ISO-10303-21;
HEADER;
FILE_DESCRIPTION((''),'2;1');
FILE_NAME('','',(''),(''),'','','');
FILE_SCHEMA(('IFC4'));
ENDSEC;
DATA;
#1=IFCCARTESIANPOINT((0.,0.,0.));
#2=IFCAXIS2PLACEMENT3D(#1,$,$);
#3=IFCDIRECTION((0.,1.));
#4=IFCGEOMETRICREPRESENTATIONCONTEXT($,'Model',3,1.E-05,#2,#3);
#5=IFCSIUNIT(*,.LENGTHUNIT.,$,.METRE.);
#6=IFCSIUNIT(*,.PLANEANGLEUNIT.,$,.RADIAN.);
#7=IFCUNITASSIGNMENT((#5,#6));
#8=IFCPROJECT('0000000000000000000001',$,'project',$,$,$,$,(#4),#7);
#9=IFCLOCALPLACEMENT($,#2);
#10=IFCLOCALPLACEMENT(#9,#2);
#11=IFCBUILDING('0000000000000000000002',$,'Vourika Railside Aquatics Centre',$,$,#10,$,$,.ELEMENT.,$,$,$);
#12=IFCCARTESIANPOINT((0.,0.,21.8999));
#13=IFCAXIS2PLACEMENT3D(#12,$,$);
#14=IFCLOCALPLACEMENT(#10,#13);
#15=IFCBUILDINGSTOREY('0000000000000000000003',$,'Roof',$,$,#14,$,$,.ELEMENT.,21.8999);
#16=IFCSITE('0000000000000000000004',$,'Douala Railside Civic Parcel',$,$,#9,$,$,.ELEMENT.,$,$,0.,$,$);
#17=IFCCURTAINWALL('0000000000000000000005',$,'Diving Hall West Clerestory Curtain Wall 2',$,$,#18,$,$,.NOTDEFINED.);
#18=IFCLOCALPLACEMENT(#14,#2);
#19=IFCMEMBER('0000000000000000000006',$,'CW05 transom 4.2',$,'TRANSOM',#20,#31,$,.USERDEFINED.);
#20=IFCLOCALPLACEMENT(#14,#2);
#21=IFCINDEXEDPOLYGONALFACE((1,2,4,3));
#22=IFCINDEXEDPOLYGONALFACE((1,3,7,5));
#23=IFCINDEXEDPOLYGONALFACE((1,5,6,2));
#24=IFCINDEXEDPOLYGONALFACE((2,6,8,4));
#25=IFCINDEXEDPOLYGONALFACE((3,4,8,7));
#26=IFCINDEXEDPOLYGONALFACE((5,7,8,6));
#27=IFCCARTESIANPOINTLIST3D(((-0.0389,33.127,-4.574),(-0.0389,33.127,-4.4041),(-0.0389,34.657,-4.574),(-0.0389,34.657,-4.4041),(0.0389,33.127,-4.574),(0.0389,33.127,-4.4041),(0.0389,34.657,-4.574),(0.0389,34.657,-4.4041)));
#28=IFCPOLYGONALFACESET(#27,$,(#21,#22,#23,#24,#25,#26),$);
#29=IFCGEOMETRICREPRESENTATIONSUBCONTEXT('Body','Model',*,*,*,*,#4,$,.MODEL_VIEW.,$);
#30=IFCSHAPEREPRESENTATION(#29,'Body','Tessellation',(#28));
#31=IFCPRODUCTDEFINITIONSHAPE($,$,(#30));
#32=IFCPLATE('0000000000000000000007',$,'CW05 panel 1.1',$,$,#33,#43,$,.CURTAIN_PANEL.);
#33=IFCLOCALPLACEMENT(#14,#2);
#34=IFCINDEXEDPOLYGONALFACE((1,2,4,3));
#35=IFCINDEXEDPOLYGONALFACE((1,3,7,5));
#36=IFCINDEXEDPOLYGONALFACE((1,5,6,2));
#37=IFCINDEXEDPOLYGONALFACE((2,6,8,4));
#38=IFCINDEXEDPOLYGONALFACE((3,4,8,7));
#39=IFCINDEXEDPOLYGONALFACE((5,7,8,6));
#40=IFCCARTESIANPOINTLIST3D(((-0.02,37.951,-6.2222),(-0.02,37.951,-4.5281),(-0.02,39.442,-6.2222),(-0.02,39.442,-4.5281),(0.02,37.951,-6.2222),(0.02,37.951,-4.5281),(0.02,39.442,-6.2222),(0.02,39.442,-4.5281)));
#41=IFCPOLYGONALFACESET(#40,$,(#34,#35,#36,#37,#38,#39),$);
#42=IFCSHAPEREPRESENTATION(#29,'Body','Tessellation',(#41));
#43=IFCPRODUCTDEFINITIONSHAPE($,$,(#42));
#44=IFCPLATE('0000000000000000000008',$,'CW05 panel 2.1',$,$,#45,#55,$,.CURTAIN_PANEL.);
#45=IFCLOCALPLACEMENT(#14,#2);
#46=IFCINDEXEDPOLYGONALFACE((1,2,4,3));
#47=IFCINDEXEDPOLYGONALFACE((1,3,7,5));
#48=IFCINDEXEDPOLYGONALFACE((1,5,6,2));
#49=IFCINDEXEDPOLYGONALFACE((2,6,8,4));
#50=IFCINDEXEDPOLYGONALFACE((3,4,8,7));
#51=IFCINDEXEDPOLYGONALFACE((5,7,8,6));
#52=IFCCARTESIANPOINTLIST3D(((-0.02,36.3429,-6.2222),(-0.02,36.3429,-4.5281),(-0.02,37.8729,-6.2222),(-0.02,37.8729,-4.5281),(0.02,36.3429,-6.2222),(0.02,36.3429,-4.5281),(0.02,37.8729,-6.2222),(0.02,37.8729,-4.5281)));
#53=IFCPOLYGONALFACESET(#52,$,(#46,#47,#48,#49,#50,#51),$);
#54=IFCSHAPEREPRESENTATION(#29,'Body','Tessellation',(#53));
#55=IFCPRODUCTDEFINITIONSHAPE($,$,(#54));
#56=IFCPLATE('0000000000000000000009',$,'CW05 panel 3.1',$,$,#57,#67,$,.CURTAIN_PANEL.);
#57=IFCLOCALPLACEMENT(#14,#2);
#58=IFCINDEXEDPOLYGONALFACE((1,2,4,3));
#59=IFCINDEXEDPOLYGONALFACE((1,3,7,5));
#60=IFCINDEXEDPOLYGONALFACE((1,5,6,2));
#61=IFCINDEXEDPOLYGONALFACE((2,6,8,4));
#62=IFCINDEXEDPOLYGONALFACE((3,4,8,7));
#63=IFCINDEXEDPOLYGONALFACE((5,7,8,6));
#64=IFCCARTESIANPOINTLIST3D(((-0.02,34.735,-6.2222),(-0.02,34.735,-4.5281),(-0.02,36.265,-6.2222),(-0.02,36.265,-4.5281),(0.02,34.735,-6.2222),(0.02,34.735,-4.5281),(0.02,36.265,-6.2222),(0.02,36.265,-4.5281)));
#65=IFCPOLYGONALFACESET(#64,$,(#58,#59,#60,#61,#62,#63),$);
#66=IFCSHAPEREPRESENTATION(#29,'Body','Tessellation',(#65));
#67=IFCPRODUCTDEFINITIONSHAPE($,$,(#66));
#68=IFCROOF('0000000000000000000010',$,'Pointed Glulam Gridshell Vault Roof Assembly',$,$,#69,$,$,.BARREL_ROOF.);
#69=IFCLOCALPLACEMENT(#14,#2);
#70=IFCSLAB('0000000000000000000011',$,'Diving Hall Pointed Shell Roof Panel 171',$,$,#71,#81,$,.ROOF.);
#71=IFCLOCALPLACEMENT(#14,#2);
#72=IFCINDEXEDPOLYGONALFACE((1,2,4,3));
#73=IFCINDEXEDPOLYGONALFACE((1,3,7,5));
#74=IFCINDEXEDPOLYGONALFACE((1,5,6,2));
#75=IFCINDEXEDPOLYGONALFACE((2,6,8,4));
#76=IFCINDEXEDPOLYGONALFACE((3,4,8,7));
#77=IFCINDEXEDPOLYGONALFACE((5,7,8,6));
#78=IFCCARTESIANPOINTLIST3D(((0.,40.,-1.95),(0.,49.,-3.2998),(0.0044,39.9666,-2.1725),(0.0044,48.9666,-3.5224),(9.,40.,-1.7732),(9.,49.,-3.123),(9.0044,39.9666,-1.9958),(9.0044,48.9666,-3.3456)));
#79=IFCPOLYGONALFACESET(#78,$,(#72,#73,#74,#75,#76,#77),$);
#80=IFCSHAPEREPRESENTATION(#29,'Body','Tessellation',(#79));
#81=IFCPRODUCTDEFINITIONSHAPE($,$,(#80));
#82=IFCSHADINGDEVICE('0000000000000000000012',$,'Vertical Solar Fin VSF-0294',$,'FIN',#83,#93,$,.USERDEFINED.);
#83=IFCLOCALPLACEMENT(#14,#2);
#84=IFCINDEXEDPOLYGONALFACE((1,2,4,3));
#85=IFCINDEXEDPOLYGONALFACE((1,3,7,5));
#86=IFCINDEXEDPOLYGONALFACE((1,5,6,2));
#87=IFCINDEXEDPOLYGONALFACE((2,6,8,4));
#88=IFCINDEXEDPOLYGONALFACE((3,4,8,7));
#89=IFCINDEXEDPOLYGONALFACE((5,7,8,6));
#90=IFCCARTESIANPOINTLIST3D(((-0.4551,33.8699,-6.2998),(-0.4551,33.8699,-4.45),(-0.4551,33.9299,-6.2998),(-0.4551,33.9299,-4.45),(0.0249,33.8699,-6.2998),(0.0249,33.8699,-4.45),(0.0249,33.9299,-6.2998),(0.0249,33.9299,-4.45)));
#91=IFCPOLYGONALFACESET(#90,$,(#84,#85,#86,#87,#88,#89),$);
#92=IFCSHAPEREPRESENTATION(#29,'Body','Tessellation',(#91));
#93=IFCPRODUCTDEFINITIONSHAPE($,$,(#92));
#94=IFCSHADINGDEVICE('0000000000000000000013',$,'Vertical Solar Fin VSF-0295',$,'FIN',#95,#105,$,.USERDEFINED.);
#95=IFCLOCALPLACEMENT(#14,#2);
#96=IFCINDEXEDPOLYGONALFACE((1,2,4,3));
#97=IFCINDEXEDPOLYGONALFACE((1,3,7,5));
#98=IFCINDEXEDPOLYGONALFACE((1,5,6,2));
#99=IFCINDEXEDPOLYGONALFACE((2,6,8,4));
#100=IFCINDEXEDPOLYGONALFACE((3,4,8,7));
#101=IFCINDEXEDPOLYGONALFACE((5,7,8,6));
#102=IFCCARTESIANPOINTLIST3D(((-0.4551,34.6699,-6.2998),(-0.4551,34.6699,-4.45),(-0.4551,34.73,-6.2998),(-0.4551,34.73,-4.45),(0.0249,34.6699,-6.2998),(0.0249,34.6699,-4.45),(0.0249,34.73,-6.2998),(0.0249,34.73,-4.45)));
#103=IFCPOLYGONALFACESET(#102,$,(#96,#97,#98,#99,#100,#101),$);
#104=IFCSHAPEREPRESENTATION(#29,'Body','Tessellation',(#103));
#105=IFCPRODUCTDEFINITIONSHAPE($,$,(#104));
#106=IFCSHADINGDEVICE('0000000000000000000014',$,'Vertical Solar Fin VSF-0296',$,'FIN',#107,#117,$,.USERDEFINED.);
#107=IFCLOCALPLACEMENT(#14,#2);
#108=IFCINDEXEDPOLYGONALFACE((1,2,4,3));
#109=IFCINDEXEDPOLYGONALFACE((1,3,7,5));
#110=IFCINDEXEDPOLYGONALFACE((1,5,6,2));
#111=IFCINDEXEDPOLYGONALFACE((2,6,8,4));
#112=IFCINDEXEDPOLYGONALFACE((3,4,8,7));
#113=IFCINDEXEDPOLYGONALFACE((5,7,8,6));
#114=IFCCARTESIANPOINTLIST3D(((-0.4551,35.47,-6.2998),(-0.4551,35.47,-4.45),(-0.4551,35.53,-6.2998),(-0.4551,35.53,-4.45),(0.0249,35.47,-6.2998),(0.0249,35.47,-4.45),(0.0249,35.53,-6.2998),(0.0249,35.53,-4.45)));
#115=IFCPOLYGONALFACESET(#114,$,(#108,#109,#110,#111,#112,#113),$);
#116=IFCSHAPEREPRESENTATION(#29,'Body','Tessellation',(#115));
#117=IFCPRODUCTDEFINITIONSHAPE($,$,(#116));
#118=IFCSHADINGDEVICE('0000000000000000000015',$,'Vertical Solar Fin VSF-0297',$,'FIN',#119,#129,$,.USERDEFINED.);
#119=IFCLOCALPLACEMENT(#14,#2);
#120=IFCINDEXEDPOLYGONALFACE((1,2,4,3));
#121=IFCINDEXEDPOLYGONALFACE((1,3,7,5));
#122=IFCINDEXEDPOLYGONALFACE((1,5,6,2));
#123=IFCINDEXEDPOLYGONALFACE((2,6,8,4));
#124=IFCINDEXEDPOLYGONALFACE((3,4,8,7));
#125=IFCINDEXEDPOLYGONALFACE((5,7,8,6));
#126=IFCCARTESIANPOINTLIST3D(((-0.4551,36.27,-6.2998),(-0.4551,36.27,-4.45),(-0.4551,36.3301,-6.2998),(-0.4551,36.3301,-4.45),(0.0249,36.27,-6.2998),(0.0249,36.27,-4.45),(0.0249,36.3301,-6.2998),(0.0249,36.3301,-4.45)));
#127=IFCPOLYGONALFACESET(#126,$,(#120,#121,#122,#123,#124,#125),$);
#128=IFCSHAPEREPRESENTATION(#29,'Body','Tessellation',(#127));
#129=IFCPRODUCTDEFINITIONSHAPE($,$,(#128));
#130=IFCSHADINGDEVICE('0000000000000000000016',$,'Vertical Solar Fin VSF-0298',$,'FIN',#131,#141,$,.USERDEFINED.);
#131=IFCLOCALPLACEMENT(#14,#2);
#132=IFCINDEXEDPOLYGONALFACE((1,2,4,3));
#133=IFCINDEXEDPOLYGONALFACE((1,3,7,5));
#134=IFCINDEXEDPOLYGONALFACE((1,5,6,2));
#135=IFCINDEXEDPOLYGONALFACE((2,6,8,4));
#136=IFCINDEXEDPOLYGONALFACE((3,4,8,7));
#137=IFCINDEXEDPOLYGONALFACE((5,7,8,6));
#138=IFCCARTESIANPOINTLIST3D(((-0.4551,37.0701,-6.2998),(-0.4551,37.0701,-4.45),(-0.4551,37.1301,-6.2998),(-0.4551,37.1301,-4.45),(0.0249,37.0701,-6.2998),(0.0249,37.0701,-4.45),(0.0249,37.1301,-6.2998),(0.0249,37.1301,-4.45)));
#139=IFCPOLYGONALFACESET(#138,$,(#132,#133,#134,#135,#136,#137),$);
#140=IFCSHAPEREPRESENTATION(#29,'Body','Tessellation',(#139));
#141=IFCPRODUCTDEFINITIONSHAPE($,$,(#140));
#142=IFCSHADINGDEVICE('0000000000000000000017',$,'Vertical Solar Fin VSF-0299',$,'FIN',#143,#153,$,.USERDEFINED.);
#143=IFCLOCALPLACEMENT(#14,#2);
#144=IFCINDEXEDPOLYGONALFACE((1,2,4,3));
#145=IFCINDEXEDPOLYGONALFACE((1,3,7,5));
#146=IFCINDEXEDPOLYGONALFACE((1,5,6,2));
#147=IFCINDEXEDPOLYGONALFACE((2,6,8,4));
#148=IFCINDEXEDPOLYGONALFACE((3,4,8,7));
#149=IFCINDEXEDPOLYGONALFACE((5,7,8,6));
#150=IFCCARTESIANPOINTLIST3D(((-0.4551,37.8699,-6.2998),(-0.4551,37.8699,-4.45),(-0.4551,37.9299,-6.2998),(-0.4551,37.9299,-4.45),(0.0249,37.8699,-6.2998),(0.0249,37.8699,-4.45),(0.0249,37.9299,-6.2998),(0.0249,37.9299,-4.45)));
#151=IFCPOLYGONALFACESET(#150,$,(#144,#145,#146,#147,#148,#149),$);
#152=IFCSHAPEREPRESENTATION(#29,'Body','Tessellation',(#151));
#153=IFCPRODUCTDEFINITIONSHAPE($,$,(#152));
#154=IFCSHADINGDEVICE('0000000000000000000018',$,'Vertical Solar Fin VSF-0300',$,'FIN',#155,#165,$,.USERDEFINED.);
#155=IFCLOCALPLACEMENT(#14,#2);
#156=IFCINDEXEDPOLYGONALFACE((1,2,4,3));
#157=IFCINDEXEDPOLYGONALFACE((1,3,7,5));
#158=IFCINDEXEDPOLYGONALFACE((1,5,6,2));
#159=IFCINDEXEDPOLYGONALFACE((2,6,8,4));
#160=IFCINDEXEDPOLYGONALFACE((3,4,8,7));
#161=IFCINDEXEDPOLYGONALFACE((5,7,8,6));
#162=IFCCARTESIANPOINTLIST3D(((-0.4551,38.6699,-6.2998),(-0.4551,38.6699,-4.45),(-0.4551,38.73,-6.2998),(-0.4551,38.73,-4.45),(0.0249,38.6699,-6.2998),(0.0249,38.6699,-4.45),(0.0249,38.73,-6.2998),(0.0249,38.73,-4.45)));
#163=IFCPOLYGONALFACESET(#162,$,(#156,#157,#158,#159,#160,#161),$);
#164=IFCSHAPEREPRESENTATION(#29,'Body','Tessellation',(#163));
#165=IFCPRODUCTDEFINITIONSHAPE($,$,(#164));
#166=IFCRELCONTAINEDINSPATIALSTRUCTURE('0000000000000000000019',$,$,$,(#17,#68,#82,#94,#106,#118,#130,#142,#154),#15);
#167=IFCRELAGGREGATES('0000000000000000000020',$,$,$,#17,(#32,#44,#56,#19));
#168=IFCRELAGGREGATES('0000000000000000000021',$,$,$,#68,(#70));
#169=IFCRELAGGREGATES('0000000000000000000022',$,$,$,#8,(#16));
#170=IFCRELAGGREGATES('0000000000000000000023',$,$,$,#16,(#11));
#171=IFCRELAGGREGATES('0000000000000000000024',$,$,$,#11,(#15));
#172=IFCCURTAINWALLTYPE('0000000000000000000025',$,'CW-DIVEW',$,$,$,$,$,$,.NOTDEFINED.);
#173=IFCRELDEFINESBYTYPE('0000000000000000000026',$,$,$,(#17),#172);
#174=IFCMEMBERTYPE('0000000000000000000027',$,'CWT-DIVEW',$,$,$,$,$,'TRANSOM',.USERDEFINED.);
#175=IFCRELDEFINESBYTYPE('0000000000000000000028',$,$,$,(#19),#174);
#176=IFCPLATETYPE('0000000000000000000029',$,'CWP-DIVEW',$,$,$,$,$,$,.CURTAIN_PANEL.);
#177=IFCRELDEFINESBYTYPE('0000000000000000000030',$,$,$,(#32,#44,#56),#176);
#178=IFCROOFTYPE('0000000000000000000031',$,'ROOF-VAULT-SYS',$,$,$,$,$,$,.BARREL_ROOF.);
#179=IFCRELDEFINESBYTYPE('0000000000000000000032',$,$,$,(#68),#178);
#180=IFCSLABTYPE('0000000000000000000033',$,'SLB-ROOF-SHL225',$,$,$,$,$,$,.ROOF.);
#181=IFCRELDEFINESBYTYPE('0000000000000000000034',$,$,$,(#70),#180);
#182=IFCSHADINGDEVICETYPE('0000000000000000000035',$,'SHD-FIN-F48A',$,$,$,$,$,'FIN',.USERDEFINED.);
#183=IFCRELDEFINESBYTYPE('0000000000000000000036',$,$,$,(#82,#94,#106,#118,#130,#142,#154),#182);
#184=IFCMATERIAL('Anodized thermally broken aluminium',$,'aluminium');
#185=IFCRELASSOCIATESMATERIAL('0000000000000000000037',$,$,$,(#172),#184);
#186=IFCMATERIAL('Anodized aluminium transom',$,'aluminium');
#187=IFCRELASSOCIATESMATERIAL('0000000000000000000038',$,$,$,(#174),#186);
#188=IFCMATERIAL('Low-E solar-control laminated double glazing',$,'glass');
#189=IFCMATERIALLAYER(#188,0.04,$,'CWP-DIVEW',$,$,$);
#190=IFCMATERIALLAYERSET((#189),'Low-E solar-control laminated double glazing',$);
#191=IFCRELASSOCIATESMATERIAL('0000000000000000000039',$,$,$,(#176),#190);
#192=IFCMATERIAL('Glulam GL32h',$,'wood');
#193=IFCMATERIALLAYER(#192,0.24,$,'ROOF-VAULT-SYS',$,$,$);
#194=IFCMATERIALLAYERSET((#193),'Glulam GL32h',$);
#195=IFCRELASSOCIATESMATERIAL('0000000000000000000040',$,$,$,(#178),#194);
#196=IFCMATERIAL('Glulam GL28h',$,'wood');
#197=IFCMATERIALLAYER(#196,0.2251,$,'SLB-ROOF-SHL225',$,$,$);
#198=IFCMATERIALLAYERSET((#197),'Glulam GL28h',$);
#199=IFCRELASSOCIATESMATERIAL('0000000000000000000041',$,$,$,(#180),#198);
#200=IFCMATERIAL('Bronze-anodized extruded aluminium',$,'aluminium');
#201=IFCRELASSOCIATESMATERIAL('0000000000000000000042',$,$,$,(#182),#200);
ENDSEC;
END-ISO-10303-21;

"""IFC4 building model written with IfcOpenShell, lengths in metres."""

from ifc_helpers import new_model, si_unit, direction, frame, origin, origin_2d, place, context, subcontext, project, spatial, polyline, rectangle, outline, extrude, material, layer, layer_set, material_profile, profile_set, type_object, element, aggregate, save


model = new_model("IFC4")

# Units and contexts
model_context = context("Model", 3, precision=1e-05, world=origin(), true_north=direction((0.0, 1.0)))
body_context = subcontext(model_context, "Body", "Model", "MODEL_VIEW")
ifc_project = project(units=[si_unit("LENGTHUNIT", "METRE"), si_unit("PLANEANGLEUNIT", "RADIAN")], contexts=[model_context])

# Site, building, storey
site_placement = place(None, origin())
site = spatial("IfcSite", under=ifc_project, at=site_placement, Name="Douala Railside Civic Parcel", CompositionType="ELEMENT", RefElevation=0.0)
building_placement = place(site_placement, origin())
building = spatial("IfcBuilding", under=site, at=building_placement, Name="Vourika Railside Aquatics Centre", CompositionType="ELEMENT")
storey_placement = place(building_placement, frame((0.0, 0.0, 21.8999)))
storey = spatial("IfcBuildingStorey", under=building, at=storey_placement, Name="Roof", CompositionType="ELEMENT", Elevation=21.8999)

# Shared definitions
ifc_material_1 = material(Name="Glulam GL32h", Category="wood")

# Curtain wall, member, plates
ifc_material_2 = material(Name="Anodized thermally broken aluminium", Category="aluminium")
curtain_wall_type = type_object("IfcCurtainWallType", Name="CW-DIVEW", PredefinedType="NOTDEFINED", material=ifc_material_2)
curtain_wall_placement = place(storey_placement, origin())
curtain_wall = element("IfcCurtainWall", 1, at=curtain_wall_placement, inside=storey, type_object=curtain_wall_type, Name="Diving Hall West Clerestory Curtain Wall 2", PredefinedType="NOTDEFINED")
ifc_material_3 = material(Name="Anodized aluminium transom", Category="aluminium")
ifc_material_profile_1 = material_profile(ifc_material_3, rectangle(XDim=0.0779, YDim=0.1699, at=origin_2d()), Name="ALU-T 78x170")
ifc_profile_set_1 = profile_set([ifc_material_profile_1], Name="Anodized aluminium transom")
member_type_1 = type_object("IfcMemberType", Name="CWT-DIVEW", ElementType="TRANSOM", PredefinedType="USERDEFINED", material=ifc_profile_set_1)
member_1_placement = place(storey_placement, frame((0.0, 34.657, -4.489), z_axis=(0.0, -1.0, 0.0), x_axis=(1.0, 0.0, 0.0)))
member_1 = element("IfcMember", 2, at=member_1_placement, type_object=member_type_1, Name="CW05 transom 4.2", ObjectType="TRANSOM", PredefinedType="USERDEFINED", context=body_context, shape_type="SweptSolid", body=[
    extrude(rectangle(XDim=0.0779, YDim=0.1699, at=origin_2d()), origin(), (0.0, 0.0, 1.0), 1.53),
])
ifc_material_4 = material(Name="Low-E solar-control laminated double glazing", Category="glass")
ifc_layer_1 = layer(ifc_material_4, 0.04, Name="CWP-DIVEW")
ifc_layer_set_1 = layer_set([ifc_layer_1], Name="Low-E solar-control laminated double glazing")
plate_type = type_object("IfcPlateType", Name="CWP-DIVEW", PredefinedType="CURTAIN_PANEL", material=ifc_layer_set_1)
plate_1_placement = place(storey_placement, frame((0.0, 38.6965, -6.2222), z_axis=(0.0, 0.0, 1.0), x_axis=(0.0, -1.0, 0.0)))
plate_1 = element("IfcPlate", 3, at=plate_1_placement, type_object=plate_type, Name="CW05 panel 1.1", PredefinedType="CURTAIN_PANEL", context=body_context, shape_type="SweptSolid", body=[
    extrude(rectangle(XDim=1.491, YDim=0.04, at=origin_2d()), origin(), (0.0, 0.0, 1.0), 1.6941),
])
plate_2_placement = place(storey_placement, frame((0.0, 37.1079, -6.2222), z_axis=(0.0, 0.0, 1.0), x_axis=(0.0, -1.0, 0.0)))
plate_2 = element("IfcPlate", 4, at=plate_2_placement, type_object=plate_type, Name="CW05 panel 2.1", PredefinedType="CURTAIN_PANEL", context=body_context, shape_type="SweptSolid", body=[
    extrude(rectangle(XDim=1.53, YDim=0.04, at=origin_2d()), origin(), (0.0, 0.0, 1.0), 1.6941),
])
plate_3_placement = place(storey_placement, frame((0.0, 35.5, -6.2222), z_axis=(0.0, 0.0, 1.0), x_axis=(0.0, -1.0, 0.0)))
plate_3 = element("IfcPlate", 5, at=plate_3_placement, type_object=plate_type, Name="CW05 panel 3.1", PredefinedType="CURTAIN_PANEL", context=body_context, shape_type="SweptSolid", body=[
    extrude(rectangle(XDim=1.53, YDim=0.04, at=origin_2d()), origin(), (0.0, 0.0, 1.0), 1.6941),
])
aggregate(curtain_wall, [plate_1, plate_2, plate_3, member_1])

# Roof, slab
ifc_layer_2 = layer(ifc_material_1, 0.24, Name="ROOF-VAULT-SYS")
ifc_layer_set_2 = layer_set([ifc_layer_2], Name="Glulam GL32h")
roof_type = type_object("IfcRoofType", Name="ROOF-VAULT-SYS", PredefinedType="BARREL_ROOF", material=ifc_layer_set_2)
roof_placement = place(storey_placement, origin())
roof = element("IfcRoof", 6, at=roof_placement, inside=storey, type_object=roof_type, Name="Pointed Glulam Gridshell Vault Roof Assembly", PredefinedType="BARREL_ROOF")
ifc_material_5 = material(Name="Glulam GL28h", Category="wood")
ifc_layer_3 = layer(ifc_material_5, 0.2251, Name="SLB-ROOF-SHL225")
ifc_layer_set_3 = layer_set([ifc_layer_3], Name="Glulam GL28h")
slab_type = type_object("IfcSlabType", Name="SLB-ROOF-SHL225", PredefinedType="ROOF", material=ifc_layer_set_3)
slab_placement = place(storey_placement, frame((0.0, 40.0, -1.95), z_axis=(-0.019419, 0.148297, 0.988752), x_axis=(0.999807, 0.0, 0.019636)))
slab = element("IfcSlab", 7, at=slab_placement, type_object=slab_type, Name="Diving Hall Pointed Shell Roof Panel 171", PredefinedType="ROOF", context=body_context, shape_type="SweptSolid", body=[
    extrude(outline(polyline([(0.0, 0.0), (9.0017, 0.0), (8.9752, 9.1006), (-0.0265, 9.1006), (0.0, 0.0)])), origin(), (0.0, 0.0, -1.0), 0.2251),
])
aggregate(roof, [slab])

# Shading devices
ifc_material_6 = material(Name="Bronze-anodized extruded aluminium", Category="aluminium")
ifc_material_profile_2 = material_profile(ifc_material_6, rectangle(XDim=0.0601, YDim=0.48, at=origin_2d()), Name="ALU-FIN 60x480")
ifc_profile_set_2 = profile_set([ifc_material_profile_2], Name="Bronze-anodized extruded aluminium")
shading_device_type = type_object("IfcShadingDeviceType", Name="SHD-FIN-F48A", ElementType="FIN", PredefinedType="USERDEFINED", material=ifc_profile_set_2)
for number, where, z_axis, x_axis, name in (
    (8, (-0.2151, 33.8999, -6.2998), (0.0, 0.0, 1.0), (0.0, 1.0, 0.0), "Vertical Solar Fin VSF-0294"),
    (9, (-0.2151, 34.7, -6.2998), (0.0, 0.0, 1.0), (0.0, 1.0, 0.0), "Vertical Solar Fin VSF-0295"),
    (10, (-0.2151, 35.5, -6.2998), (0.0, 0.0, 1.0), (0.0, 1.0, 0.0), "Vertical Solar Fin VSF-0296"),
    (11, (-0.2151, 36.3, -6.2998), (0.0, 0.0, 1.0), (0.0, 1.0, 0.0), "Vertical Solar Fin VSF-0297"),
    (12, (-0.2151, 37.1001, -6.2998), (0.0, 0.0, 1.0), (0.0, 1.0, 0.0), "Vertical Solar Fin VSF-0298"),
    (13, (-0.2151, 37.8999, -6.2998), (0.0, 0.0, 1.0), (0.0, 1.0, 0.0), "Vertical Solar Fin VSF-0299"),
    (14, (-0.2151, 38.7, -6.2998), (0.0, 0.0, 1.0), (0.0, 1.0, 0.0), "Vertical Solar Fin VSF-0300"),
):
    element("IfcShadingDevice", number, at=place(storey_placement, frame(where, z_axis=z_axis, x_axis=x_axis)), inside=storey, type_object=shading_device_type, Name=name, ObjectType="FIN", PredefinedType="USERDEFINED", context=body_context, shape_type="SweptSolid", body=[
        extrude(rectangle(XDim=0.0601, YDim=0.48, at=origin_2d()), origin(), (0.0, 0.0, 1.0), 1.8499),
    ])

save(model, "model.ifc")
